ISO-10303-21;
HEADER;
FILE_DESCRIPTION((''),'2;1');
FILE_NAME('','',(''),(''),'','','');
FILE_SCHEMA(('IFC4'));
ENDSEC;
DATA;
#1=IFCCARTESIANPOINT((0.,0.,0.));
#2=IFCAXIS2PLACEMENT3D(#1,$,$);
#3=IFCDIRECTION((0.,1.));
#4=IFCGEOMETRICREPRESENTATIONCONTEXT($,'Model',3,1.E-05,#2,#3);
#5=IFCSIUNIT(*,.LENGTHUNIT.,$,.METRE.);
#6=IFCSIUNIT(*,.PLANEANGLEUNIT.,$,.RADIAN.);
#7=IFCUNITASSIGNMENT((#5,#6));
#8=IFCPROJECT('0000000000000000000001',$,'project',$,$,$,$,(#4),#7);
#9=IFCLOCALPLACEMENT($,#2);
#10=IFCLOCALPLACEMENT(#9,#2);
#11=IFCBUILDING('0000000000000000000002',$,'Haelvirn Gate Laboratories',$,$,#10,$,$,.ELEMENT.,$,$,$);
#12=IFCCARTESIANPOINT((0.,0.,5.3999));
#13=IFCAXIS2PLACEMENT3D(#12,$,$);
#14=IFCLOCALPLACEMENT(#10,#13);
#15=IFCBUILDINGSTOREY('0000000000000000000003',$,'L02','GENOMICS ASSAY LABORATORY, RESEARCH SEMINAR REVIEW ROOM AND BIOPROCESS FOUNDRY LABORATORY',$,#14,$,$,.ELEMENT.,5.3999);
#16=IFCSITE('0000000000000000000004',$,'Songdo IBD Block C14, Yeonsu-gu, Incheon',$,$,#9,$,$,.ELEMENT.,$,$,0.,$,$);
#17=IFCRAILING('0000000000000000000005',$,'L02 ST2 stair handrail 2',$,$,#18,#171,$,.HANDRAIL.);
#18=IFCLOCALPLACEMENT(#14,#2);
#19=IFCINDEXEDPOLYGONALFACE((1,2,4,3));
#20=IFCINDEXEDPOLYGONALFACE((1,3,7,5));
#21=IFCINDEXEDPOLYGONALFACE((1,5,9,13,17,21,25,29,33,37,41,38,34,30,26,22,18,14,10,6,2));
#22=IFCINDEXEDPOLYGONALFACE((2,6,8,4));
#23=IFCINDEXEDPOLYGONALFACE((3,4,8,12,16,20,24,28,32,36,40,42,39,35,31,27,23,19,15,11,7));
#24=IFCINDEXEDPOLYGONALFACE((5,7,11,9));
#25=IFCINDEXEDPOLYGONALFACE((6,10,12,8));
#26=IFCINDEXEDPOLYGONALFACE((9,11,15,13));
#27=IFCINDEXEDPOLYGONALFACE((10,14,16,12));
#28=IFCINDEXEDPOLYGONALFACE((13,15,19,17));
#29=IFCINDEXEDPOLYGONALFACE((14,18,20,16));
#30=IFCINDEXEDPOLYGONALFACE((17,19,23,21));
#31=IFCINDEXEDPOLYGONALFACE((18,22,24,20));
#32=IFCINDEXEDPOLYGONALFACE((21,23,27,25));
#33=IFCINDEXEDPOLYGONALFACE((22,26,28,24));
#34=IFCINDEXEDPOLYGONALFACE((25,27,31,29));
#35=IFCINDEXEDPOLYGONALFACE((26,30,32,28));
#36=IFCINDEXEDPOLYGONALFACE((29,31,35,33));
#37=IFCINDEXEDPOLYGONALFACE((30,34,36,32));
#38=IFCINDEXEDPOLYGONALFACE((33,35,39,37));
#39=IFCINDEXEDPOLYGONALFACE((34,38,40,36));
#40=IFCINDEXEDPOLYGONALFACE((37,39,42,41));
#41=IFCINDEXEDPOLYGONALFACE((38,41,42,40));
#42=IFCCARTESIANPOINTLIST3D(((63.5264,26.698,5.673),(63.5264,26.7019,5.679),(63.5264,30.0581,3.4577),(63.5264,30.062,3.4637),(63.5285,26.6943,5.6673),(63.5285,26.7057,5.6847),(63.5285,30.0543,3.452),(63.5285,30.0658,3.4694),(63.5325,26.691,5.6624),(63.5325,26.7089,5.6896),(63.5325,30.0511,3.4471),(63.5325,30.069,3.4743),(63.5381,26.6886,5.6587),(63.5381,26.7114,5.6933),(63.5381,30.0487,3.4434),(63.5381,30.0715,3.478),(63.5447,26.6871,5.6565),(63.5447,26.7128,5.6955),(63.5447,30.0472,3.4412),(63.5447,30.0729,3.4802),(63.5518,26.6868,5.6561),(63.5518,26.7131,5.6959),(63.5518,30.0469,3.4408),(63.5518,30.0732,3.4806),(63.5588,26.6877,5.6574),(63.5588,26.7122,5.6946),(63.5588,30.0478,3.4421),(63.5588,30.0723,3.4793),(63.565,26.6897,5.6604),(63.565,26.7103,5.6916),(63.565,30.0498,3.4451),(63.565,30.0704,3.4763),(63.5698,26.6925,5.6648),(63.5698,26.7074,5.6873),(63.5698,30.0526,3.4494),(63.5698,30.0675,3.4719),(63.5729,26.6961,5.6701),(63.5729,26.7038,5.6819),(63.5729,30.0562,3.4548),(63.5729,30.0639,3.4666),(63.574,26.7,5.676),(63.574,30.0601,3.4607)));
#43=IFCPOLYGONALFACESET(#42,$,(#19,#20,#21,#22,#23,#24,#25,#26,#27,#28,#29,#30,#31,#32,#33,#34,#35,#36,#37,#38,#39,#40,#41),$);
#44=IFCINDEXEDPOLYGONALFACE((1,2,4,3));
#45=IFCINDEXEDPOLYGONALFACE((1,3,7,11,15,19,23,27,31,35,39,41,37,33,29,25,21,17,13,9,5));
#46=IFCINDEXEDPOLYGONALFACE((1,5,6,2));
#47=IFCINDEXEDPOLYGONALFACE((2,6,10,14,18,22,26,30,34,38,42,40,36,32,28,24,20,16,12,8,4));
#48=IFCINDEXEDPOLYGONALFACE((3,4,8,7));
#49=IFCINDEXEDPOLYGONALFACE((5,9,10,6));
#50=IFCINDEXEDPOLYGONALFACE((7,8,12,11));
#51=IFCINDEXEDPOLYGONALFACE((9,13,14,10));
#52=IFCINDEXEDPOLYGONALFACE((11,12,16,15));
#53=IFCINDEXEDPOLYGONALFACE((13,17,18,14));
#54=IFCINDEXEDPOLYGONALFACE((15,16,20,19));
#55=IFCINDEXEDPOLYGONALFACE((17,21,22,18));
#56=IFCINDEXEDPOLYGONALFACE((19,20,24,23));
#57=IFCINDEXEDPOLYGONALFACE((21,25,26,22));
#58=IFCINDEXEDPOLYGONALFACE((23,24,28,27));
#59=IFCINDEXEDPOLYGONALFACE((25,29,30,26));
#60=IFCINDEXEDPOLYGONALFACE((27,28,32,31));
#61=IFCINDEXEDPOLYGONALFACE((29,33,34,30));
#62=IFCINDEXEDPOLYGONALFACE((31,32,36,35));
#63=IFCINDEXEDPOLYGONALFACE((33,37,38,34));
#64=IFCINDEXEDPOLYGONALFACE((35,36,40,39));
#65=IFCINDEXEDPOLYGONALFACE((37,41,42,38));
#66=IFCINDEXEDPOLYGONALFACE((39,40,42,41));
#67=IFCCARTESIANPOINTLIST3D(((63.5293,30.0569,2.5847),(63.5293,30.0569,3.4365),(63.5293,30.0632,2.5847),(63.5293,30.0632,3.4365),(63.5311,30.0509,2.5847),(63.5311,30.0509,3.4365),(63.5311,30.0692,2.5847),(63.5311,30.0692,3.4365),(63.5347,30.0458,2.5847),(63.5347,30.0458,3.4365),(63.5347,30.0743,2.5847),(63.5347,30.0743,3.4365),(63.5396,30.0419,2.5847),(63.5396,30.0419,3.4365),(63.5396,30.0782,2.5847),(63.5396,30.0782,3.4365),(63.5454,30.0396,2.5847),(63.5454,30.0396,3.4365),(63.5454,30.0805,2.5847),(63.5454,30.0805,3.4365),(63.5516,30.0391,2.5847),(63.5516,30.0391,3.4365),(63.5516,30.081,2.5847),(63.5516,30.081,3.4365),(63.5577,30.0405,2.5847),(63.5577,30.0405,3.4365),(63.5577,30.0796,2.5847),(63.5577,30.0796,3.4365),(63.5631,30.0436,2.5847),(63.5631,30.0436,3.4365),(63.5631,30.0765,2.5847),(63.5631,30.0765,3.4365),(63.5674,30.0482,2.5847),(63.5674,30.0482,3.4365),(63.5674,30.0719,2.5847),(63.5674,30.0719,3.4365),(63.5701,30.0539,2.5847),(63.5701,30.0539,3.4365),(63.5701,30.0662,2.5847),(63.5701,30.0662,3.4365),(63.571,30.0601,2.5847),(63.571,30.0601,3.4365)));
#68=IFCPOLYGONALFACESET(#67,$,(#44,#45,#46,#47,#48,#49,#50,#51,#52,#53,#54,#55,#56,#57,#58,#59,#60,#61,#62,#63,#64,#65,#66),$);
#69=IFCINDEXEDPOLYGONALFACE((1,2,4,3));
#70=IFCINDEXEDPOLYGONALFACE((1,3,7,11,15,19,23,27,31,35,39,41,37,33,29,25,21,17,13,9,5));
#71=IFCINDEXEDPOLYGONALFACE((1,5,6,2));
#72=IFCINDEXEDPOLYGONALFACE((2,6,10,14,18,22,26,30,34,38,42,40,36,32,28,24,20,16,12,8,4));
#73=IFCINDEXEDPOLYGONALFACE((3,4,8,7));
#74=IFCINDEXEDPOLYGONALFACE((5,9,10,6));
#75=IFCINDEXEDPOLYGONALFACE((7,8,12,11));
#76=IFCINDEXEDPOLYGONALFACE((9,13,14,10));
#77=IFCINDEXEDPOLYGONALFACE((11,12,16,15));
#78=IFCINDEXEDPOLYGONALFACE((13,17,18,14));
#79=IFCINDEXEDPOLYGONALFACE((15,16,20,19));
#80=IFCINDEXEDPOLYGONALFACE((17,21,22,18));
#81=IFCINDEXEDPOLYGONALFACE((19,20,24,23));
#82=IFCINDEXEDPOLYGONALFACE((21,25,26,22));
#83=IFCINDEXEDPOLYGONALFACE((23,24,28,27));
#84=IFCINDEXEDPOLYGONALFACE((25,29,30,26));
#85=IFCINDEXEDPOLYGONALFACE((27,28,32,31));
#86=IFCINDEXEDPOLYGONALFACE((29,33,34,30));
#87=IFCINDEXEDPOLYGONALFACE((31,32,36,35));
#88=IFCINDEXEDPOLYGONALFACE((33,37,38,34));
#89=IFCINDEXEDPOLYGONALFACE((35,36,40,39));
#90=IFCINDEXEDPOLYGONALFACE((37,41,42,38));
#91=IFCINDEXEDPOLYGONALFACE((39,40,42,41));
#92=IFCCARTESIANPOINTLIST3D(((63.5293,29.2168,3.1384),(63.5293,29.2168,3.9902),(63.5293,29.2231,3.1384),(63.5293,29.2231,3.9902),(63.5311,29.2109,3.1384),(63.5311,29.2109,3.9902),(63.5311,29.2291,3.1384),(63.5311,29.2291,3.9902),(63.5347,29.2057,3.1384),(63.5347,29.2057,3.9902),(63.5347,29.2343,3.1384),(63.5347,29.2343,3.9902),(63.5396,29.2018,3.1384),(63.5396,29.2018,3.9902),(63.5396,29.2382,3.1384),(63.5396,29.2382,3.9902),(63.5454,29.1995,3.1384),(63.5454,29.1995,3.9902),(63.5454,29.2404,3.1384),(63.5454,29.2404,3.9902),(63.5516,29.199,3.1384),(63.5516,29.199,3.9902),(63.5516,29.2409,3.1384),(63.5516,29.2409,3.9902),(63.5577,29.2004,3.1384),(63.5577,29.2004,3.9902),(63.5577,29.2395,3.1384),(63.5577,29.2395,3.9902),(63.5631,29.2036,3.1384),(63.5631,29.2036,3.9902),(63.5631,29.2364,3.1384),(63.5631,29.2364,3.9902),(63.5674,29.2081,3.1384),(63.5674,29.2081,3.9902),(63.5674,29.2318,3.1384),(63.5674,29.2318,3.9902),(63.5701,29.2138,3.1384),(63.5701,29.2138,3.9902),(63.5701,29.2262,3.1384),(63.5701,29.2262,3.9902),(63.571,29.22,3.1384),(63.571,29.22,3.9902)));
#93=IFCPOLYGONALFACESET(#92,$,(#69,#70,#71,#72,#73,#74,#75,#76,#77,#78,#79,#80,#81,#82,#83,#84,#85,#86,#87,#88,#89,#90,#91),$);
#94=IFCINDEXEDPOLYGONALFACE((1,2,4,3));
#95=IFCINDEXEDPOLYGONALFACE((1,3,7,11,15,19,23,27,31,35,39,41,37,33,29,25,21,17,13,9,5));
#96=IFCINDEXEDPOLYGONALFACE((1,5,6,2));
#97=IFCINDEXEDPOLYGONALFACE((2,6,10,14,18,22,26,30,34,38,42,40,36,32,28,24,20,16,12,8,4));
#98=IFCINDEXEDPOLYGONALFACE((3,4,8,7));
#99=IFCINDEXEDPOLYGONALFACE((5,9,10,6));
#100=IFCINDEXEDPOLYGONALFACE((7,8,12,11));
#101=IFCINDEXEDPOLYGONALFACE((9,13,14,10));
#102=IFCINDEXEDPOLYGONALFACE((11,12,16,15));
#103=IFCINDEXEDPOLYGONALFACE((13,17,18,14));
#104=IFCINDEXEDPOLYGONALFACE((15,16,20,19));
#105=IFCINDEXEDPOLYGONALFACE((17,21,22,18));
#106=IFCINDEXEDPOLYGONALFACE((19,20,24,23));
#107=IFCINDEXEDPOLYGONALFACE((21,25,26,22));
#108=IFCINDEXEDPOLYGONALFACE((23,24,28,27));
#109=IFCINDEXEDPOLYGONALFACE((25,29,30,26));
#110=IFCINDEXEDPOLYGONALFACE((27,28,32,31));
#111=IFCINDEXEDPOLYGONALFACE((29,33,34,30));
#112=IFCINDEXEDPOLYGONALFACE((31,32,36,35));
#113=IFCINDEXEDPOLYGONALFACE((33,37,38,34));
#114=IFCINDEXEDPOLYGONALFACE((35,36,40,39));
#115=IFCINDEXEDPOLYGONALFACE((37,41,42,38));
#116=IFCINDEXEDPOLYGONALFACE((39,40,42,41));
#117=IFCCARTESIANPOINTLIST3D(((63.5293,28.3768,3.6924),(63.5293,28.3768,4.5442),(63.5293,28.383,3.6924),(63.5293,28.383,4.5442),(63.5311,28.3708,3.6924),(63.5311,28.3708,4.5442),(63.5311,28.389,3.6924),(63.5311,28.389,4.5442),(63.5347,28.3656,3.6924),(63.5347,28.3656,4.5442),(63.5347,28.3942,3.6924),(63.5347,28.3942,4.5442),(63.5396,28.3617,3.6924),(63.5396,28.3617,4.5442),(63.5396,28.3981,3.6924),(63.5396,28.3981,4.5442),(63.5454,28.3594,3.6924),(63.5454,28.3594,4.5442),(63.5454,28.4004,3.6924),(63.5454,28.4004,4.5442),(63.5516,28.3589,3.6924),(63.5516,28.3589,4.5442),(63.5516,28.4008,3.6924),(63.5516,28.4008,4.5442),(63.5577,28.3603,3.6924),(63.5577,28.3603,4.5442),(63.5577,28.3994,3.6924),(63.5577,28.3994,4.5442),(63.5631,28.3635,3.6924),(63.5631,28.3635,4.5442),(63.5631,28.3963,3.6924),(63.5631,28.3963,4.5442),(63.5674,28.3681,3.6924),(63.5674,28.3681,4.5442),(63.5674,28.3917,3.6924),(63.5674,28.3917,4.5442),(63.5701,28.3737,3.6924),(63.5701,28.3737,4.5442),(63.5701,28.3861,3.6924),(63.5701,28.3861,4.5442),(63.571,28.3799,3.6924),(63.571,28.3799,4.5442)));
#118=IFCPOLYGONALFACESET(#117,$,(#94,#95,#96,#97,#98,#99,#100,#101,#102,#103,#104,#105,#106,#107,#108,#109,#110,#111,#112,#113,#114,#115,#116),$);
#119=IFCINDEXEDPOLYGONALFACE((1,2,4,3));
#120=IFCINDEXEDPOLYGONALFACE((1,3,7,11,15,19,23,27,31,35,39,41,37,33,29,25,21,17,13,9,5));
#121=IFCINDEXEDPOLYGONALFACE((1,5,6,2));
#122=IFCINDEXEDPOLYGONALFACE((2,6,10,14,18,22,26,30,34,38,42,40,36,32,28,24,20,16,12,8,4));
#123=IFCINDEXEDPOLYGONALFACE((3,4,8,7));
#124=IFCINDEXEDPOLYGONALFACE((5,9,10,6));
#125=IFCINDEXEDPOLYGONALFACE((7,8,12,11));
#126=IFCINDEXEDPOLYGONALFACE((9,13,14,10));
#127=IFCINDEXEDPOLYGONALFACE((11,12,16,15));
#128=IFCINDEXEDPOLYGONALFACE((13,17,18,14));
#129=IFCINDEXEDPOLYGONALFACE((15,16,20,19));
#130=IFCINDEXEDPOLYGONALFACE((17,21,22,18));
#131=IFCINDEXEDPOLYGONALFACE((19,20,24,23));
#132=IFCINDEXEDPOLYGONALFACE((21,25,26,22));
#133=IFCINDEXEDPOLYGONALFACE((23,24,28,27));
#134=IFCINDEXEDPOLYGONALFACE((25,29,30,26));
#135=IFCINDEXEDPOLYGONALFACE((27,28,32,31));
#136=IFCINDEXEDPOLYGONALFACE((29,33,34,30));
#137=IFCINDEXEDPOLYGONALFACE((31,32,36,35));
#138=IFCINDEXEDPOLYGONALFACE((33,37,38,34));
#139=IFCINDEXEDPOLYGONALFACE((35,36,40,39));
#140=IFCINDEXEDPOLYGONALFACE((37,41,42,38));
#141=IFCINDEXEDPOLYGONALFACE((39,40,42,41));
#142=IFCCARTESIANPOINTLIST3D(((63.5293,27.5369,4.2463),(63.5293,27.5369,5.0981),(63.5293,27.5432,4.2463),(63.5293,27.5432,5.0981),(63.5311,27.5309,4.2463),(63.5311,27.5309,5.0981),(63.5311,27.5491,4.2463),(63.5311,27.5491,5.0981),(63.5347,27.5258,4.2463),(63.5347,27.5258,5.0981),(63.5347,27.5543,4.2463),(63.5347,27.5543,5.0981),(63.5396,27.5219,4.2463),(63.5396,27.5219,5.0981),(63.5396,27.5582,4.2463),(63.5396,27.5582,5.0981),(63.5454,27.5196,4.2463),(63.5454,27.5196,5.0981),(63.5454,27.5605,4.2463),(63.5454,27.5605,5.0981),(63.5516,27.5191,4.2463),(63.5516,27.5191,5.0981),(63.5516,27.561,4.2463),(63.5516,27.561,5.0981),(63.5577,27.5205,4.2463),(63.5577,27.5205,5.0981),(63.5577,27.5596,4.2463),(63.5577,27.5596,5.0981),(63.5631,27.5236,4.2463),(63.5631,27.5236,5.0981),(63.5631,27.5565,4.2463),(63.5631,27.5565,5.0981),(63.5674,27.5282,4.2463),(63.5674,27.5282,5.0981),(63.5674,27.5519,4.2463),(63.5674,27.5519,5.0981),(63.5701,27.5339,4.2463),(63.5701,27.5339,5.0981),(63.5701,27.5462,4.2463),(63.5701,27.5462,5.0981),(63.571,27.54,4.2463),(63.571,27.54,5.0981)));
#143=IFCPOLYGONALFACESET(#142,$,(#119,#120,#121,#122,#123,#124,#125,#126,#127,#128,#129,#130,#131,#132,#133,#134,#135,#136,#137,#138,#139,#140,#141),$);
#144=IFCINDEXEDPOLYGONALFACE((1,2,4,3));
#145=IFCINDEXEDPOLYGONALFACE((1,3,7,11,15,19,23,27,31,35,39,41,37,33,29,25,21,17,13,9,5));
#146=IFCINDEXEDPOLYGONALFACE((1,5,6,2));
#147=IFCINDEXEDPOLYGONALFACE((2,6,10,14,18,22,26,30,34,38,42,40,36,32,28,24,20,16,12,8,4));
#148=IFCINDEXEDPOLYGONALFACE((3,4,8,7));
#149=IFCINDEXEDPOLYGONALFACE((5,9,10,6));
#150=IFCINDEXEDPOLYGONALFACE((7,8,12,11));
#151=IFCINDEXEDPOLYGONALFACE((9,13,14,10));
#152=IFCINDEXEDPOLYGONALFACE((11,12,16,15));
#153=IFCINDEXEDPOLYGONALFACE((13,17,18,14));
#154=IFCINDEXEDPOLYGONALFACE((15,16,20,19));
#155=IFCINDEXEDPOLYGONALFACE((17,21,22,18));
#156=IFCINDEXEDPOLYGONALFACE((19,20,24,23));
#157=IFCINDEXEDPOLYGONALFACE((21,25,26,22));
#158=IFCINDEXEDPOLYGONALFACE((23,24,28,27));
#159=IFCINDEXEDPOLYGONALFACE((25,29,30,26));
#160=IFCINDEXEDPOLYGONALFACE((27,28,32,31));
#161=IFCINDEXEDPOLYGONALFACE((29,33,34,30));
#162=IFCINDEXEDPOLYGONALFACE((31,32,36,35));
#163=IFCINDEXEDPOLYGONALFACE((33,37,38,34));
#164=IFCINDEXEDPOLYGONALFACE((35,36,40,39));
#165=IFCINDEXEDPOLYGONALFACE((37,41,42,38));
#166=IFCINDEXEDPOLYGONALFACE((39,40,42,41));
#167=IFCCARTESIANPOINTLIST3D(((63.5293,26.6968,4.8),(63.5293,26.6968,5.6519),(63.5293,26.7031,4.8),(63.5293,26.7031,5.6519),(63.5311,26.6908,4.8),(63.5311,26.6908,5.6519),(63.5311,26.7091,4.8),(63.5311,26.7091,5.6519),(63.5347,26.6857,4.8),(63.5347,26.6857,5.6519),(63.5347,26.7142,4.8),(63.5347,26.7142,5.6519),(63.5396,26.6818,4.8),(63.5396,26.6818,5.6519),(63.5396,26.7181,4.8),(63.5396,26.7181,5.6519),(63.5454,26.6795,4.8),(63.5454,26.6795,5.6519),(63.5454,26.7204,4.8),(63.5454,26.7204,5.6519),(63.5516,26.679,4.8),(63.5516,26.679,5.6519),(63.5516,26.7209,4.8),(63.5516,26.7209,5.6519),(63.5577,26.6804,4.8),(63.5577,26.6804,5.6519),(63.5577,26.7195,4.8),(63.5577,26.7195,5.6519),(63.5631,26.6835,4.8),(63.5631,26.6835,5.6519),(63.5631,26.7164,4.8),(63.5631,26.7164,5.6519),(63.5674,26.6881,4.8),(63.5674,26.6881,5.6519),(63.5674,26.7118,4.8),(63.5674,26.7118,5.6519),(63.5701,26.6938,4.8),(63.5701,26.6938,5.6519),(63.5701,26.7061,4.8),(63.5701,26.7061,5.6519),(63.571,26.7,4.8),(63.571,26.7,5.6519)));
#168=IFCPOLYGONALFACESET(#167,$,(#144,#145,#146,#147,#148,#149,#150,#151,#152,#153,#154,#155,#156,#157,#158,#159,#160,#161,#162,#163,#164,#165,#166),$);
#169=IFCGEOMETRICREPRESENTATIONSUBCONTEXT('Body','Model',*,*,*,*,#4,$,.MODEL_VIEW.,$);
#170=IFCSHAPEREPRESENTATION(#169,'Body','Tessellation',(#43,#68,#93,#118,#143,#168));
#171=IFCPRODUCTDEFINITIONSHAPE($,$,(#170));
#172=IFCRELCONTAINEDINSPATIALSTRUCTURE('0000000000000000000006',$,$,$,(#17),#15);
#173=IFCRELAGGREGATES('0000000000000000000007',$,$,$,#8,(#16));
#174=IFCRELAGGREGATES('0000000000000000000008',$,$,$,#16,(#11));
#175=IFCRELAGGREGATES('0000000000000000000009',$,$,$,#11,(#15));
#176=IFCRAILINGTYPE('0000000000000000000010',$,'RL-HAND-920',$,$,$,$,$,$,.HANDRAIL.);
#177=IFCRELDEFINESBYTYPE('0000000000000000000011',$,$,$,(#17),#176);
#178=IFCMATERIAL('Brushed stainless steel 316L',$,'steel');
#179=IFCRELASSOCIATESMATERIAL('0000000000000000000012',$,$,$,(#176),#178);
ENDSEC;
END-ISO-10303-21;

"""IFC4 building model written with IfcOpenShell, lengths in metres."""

from ifc_helpers import new_model, si_unit, direction, frame, origin, origin_2d, place, context, subcontext, project, spatial, circle, extrude, source, transform, mapped, material, type_object, element, save


model = new_model("IFC4")

# Units and contexts
model_context = context("Model", 3, precision=1e-05, world=origin(), true_north=direction((0.0, 1.0)))
body_context = subcontext(model_context, "Body", "Model", "MODEL_VIEW")
ifc_project = project(units=[si_unit("LENGTHUNIT", "METRE"), si_unit("PLANEANGLEUNIT", "RADIAN")], contexts=[model_context])

# Site, building, storey
site_placement = place(None, origin())
site = spatial("IfcSite", under=ifc_project, at=site_placement, Name="Songdo IBD Block C14, Yeonsu-gu, Incheon", CompositionType="ELEMENT", RefElevation=0.0)
building_placement = place(site_placement, origin())
building = spatial("IfcBuilding", under=site, at=building_placement, Name="Haelvirn Gate Laboratories", CompositionType="ELEMENT")
storey_placement = place(building_placement, frame((0.0, 0.0, 5.3999)))
storey = spatial("IfcBuildingStorey", under=building, at=storey_placement, Name="L02", Description="GENOMICS ASSAY LABORATORY, RESEARCH SEMINAR REVIEW ROOM AND BIOPROCESS FOUNDRY LABORATORY", CompositionType="ELEMENT", Elevation=5.3999)

# Railing
ifc_material_1 = material(Name="Brushed stainless steel 316L", Category="steel")
railing_type_1 = type_object("IfcRailingType", Name="RL-HAND-920", PredefinedType="HANDRAIL", material=ifc_material_1)
shared_shape_1 = source(origin(), body_context, "Body", "SweptSolid", [
    extrude(circle(Radius=0.0239, at=origin_2d()), frame((0.0, 0.0, 0.876), z_axis=(0.0, -0.834876, 0.550437), x_axis=(1.0, 0.0, 0.0)), (0.0, 0.0, 1.0), 4.0247),
    extrude(circle(Radius=0.021, at=origin_2d()), origin(), (0.0, 0.0, 1.0), 0.8518),
    extrude(circle(Radius=0.021, at=origin_2d()), frame((0.0, -0.8401, 0.5537)), (0.0, 0.0, 1.0), 0.8518),
    extrude(circle(Radius=0.021, at=origin_2d()), frame((0.0, -1.6802, 1.1077)), (0.0, 0.0, 1.0), 0.8518),
    extrude(circle(Radius=0.021, at=origin_2d()), frame((0.0, -2.52, 1.6616)), (0.0, 0.0, 1.0), 0.8518),
    extrude(circle(Radius=0.021, at=origin_2d()), frame((0.0, -3.3601, 2.2153)), (0.0, 0.0, 1.0), 0.8518),
])
railing_1_placement = place(storey_placement, frame((63.55, 30.0601, 2.5847)))
element("IfcRailing", 1, at=railing_1_placement, inside=storey, type_object=railing_type_1, Name="L02 ST2 stair handrail 2", PredefinedType="HANDRAIL", context=body_context, shape_type="MappedRepresentation", body=[
    mapped(shared_shape_1, transform((0.0, 0.0, 0.0), scale=1.0)),
])

save(model, "model.ifc")
